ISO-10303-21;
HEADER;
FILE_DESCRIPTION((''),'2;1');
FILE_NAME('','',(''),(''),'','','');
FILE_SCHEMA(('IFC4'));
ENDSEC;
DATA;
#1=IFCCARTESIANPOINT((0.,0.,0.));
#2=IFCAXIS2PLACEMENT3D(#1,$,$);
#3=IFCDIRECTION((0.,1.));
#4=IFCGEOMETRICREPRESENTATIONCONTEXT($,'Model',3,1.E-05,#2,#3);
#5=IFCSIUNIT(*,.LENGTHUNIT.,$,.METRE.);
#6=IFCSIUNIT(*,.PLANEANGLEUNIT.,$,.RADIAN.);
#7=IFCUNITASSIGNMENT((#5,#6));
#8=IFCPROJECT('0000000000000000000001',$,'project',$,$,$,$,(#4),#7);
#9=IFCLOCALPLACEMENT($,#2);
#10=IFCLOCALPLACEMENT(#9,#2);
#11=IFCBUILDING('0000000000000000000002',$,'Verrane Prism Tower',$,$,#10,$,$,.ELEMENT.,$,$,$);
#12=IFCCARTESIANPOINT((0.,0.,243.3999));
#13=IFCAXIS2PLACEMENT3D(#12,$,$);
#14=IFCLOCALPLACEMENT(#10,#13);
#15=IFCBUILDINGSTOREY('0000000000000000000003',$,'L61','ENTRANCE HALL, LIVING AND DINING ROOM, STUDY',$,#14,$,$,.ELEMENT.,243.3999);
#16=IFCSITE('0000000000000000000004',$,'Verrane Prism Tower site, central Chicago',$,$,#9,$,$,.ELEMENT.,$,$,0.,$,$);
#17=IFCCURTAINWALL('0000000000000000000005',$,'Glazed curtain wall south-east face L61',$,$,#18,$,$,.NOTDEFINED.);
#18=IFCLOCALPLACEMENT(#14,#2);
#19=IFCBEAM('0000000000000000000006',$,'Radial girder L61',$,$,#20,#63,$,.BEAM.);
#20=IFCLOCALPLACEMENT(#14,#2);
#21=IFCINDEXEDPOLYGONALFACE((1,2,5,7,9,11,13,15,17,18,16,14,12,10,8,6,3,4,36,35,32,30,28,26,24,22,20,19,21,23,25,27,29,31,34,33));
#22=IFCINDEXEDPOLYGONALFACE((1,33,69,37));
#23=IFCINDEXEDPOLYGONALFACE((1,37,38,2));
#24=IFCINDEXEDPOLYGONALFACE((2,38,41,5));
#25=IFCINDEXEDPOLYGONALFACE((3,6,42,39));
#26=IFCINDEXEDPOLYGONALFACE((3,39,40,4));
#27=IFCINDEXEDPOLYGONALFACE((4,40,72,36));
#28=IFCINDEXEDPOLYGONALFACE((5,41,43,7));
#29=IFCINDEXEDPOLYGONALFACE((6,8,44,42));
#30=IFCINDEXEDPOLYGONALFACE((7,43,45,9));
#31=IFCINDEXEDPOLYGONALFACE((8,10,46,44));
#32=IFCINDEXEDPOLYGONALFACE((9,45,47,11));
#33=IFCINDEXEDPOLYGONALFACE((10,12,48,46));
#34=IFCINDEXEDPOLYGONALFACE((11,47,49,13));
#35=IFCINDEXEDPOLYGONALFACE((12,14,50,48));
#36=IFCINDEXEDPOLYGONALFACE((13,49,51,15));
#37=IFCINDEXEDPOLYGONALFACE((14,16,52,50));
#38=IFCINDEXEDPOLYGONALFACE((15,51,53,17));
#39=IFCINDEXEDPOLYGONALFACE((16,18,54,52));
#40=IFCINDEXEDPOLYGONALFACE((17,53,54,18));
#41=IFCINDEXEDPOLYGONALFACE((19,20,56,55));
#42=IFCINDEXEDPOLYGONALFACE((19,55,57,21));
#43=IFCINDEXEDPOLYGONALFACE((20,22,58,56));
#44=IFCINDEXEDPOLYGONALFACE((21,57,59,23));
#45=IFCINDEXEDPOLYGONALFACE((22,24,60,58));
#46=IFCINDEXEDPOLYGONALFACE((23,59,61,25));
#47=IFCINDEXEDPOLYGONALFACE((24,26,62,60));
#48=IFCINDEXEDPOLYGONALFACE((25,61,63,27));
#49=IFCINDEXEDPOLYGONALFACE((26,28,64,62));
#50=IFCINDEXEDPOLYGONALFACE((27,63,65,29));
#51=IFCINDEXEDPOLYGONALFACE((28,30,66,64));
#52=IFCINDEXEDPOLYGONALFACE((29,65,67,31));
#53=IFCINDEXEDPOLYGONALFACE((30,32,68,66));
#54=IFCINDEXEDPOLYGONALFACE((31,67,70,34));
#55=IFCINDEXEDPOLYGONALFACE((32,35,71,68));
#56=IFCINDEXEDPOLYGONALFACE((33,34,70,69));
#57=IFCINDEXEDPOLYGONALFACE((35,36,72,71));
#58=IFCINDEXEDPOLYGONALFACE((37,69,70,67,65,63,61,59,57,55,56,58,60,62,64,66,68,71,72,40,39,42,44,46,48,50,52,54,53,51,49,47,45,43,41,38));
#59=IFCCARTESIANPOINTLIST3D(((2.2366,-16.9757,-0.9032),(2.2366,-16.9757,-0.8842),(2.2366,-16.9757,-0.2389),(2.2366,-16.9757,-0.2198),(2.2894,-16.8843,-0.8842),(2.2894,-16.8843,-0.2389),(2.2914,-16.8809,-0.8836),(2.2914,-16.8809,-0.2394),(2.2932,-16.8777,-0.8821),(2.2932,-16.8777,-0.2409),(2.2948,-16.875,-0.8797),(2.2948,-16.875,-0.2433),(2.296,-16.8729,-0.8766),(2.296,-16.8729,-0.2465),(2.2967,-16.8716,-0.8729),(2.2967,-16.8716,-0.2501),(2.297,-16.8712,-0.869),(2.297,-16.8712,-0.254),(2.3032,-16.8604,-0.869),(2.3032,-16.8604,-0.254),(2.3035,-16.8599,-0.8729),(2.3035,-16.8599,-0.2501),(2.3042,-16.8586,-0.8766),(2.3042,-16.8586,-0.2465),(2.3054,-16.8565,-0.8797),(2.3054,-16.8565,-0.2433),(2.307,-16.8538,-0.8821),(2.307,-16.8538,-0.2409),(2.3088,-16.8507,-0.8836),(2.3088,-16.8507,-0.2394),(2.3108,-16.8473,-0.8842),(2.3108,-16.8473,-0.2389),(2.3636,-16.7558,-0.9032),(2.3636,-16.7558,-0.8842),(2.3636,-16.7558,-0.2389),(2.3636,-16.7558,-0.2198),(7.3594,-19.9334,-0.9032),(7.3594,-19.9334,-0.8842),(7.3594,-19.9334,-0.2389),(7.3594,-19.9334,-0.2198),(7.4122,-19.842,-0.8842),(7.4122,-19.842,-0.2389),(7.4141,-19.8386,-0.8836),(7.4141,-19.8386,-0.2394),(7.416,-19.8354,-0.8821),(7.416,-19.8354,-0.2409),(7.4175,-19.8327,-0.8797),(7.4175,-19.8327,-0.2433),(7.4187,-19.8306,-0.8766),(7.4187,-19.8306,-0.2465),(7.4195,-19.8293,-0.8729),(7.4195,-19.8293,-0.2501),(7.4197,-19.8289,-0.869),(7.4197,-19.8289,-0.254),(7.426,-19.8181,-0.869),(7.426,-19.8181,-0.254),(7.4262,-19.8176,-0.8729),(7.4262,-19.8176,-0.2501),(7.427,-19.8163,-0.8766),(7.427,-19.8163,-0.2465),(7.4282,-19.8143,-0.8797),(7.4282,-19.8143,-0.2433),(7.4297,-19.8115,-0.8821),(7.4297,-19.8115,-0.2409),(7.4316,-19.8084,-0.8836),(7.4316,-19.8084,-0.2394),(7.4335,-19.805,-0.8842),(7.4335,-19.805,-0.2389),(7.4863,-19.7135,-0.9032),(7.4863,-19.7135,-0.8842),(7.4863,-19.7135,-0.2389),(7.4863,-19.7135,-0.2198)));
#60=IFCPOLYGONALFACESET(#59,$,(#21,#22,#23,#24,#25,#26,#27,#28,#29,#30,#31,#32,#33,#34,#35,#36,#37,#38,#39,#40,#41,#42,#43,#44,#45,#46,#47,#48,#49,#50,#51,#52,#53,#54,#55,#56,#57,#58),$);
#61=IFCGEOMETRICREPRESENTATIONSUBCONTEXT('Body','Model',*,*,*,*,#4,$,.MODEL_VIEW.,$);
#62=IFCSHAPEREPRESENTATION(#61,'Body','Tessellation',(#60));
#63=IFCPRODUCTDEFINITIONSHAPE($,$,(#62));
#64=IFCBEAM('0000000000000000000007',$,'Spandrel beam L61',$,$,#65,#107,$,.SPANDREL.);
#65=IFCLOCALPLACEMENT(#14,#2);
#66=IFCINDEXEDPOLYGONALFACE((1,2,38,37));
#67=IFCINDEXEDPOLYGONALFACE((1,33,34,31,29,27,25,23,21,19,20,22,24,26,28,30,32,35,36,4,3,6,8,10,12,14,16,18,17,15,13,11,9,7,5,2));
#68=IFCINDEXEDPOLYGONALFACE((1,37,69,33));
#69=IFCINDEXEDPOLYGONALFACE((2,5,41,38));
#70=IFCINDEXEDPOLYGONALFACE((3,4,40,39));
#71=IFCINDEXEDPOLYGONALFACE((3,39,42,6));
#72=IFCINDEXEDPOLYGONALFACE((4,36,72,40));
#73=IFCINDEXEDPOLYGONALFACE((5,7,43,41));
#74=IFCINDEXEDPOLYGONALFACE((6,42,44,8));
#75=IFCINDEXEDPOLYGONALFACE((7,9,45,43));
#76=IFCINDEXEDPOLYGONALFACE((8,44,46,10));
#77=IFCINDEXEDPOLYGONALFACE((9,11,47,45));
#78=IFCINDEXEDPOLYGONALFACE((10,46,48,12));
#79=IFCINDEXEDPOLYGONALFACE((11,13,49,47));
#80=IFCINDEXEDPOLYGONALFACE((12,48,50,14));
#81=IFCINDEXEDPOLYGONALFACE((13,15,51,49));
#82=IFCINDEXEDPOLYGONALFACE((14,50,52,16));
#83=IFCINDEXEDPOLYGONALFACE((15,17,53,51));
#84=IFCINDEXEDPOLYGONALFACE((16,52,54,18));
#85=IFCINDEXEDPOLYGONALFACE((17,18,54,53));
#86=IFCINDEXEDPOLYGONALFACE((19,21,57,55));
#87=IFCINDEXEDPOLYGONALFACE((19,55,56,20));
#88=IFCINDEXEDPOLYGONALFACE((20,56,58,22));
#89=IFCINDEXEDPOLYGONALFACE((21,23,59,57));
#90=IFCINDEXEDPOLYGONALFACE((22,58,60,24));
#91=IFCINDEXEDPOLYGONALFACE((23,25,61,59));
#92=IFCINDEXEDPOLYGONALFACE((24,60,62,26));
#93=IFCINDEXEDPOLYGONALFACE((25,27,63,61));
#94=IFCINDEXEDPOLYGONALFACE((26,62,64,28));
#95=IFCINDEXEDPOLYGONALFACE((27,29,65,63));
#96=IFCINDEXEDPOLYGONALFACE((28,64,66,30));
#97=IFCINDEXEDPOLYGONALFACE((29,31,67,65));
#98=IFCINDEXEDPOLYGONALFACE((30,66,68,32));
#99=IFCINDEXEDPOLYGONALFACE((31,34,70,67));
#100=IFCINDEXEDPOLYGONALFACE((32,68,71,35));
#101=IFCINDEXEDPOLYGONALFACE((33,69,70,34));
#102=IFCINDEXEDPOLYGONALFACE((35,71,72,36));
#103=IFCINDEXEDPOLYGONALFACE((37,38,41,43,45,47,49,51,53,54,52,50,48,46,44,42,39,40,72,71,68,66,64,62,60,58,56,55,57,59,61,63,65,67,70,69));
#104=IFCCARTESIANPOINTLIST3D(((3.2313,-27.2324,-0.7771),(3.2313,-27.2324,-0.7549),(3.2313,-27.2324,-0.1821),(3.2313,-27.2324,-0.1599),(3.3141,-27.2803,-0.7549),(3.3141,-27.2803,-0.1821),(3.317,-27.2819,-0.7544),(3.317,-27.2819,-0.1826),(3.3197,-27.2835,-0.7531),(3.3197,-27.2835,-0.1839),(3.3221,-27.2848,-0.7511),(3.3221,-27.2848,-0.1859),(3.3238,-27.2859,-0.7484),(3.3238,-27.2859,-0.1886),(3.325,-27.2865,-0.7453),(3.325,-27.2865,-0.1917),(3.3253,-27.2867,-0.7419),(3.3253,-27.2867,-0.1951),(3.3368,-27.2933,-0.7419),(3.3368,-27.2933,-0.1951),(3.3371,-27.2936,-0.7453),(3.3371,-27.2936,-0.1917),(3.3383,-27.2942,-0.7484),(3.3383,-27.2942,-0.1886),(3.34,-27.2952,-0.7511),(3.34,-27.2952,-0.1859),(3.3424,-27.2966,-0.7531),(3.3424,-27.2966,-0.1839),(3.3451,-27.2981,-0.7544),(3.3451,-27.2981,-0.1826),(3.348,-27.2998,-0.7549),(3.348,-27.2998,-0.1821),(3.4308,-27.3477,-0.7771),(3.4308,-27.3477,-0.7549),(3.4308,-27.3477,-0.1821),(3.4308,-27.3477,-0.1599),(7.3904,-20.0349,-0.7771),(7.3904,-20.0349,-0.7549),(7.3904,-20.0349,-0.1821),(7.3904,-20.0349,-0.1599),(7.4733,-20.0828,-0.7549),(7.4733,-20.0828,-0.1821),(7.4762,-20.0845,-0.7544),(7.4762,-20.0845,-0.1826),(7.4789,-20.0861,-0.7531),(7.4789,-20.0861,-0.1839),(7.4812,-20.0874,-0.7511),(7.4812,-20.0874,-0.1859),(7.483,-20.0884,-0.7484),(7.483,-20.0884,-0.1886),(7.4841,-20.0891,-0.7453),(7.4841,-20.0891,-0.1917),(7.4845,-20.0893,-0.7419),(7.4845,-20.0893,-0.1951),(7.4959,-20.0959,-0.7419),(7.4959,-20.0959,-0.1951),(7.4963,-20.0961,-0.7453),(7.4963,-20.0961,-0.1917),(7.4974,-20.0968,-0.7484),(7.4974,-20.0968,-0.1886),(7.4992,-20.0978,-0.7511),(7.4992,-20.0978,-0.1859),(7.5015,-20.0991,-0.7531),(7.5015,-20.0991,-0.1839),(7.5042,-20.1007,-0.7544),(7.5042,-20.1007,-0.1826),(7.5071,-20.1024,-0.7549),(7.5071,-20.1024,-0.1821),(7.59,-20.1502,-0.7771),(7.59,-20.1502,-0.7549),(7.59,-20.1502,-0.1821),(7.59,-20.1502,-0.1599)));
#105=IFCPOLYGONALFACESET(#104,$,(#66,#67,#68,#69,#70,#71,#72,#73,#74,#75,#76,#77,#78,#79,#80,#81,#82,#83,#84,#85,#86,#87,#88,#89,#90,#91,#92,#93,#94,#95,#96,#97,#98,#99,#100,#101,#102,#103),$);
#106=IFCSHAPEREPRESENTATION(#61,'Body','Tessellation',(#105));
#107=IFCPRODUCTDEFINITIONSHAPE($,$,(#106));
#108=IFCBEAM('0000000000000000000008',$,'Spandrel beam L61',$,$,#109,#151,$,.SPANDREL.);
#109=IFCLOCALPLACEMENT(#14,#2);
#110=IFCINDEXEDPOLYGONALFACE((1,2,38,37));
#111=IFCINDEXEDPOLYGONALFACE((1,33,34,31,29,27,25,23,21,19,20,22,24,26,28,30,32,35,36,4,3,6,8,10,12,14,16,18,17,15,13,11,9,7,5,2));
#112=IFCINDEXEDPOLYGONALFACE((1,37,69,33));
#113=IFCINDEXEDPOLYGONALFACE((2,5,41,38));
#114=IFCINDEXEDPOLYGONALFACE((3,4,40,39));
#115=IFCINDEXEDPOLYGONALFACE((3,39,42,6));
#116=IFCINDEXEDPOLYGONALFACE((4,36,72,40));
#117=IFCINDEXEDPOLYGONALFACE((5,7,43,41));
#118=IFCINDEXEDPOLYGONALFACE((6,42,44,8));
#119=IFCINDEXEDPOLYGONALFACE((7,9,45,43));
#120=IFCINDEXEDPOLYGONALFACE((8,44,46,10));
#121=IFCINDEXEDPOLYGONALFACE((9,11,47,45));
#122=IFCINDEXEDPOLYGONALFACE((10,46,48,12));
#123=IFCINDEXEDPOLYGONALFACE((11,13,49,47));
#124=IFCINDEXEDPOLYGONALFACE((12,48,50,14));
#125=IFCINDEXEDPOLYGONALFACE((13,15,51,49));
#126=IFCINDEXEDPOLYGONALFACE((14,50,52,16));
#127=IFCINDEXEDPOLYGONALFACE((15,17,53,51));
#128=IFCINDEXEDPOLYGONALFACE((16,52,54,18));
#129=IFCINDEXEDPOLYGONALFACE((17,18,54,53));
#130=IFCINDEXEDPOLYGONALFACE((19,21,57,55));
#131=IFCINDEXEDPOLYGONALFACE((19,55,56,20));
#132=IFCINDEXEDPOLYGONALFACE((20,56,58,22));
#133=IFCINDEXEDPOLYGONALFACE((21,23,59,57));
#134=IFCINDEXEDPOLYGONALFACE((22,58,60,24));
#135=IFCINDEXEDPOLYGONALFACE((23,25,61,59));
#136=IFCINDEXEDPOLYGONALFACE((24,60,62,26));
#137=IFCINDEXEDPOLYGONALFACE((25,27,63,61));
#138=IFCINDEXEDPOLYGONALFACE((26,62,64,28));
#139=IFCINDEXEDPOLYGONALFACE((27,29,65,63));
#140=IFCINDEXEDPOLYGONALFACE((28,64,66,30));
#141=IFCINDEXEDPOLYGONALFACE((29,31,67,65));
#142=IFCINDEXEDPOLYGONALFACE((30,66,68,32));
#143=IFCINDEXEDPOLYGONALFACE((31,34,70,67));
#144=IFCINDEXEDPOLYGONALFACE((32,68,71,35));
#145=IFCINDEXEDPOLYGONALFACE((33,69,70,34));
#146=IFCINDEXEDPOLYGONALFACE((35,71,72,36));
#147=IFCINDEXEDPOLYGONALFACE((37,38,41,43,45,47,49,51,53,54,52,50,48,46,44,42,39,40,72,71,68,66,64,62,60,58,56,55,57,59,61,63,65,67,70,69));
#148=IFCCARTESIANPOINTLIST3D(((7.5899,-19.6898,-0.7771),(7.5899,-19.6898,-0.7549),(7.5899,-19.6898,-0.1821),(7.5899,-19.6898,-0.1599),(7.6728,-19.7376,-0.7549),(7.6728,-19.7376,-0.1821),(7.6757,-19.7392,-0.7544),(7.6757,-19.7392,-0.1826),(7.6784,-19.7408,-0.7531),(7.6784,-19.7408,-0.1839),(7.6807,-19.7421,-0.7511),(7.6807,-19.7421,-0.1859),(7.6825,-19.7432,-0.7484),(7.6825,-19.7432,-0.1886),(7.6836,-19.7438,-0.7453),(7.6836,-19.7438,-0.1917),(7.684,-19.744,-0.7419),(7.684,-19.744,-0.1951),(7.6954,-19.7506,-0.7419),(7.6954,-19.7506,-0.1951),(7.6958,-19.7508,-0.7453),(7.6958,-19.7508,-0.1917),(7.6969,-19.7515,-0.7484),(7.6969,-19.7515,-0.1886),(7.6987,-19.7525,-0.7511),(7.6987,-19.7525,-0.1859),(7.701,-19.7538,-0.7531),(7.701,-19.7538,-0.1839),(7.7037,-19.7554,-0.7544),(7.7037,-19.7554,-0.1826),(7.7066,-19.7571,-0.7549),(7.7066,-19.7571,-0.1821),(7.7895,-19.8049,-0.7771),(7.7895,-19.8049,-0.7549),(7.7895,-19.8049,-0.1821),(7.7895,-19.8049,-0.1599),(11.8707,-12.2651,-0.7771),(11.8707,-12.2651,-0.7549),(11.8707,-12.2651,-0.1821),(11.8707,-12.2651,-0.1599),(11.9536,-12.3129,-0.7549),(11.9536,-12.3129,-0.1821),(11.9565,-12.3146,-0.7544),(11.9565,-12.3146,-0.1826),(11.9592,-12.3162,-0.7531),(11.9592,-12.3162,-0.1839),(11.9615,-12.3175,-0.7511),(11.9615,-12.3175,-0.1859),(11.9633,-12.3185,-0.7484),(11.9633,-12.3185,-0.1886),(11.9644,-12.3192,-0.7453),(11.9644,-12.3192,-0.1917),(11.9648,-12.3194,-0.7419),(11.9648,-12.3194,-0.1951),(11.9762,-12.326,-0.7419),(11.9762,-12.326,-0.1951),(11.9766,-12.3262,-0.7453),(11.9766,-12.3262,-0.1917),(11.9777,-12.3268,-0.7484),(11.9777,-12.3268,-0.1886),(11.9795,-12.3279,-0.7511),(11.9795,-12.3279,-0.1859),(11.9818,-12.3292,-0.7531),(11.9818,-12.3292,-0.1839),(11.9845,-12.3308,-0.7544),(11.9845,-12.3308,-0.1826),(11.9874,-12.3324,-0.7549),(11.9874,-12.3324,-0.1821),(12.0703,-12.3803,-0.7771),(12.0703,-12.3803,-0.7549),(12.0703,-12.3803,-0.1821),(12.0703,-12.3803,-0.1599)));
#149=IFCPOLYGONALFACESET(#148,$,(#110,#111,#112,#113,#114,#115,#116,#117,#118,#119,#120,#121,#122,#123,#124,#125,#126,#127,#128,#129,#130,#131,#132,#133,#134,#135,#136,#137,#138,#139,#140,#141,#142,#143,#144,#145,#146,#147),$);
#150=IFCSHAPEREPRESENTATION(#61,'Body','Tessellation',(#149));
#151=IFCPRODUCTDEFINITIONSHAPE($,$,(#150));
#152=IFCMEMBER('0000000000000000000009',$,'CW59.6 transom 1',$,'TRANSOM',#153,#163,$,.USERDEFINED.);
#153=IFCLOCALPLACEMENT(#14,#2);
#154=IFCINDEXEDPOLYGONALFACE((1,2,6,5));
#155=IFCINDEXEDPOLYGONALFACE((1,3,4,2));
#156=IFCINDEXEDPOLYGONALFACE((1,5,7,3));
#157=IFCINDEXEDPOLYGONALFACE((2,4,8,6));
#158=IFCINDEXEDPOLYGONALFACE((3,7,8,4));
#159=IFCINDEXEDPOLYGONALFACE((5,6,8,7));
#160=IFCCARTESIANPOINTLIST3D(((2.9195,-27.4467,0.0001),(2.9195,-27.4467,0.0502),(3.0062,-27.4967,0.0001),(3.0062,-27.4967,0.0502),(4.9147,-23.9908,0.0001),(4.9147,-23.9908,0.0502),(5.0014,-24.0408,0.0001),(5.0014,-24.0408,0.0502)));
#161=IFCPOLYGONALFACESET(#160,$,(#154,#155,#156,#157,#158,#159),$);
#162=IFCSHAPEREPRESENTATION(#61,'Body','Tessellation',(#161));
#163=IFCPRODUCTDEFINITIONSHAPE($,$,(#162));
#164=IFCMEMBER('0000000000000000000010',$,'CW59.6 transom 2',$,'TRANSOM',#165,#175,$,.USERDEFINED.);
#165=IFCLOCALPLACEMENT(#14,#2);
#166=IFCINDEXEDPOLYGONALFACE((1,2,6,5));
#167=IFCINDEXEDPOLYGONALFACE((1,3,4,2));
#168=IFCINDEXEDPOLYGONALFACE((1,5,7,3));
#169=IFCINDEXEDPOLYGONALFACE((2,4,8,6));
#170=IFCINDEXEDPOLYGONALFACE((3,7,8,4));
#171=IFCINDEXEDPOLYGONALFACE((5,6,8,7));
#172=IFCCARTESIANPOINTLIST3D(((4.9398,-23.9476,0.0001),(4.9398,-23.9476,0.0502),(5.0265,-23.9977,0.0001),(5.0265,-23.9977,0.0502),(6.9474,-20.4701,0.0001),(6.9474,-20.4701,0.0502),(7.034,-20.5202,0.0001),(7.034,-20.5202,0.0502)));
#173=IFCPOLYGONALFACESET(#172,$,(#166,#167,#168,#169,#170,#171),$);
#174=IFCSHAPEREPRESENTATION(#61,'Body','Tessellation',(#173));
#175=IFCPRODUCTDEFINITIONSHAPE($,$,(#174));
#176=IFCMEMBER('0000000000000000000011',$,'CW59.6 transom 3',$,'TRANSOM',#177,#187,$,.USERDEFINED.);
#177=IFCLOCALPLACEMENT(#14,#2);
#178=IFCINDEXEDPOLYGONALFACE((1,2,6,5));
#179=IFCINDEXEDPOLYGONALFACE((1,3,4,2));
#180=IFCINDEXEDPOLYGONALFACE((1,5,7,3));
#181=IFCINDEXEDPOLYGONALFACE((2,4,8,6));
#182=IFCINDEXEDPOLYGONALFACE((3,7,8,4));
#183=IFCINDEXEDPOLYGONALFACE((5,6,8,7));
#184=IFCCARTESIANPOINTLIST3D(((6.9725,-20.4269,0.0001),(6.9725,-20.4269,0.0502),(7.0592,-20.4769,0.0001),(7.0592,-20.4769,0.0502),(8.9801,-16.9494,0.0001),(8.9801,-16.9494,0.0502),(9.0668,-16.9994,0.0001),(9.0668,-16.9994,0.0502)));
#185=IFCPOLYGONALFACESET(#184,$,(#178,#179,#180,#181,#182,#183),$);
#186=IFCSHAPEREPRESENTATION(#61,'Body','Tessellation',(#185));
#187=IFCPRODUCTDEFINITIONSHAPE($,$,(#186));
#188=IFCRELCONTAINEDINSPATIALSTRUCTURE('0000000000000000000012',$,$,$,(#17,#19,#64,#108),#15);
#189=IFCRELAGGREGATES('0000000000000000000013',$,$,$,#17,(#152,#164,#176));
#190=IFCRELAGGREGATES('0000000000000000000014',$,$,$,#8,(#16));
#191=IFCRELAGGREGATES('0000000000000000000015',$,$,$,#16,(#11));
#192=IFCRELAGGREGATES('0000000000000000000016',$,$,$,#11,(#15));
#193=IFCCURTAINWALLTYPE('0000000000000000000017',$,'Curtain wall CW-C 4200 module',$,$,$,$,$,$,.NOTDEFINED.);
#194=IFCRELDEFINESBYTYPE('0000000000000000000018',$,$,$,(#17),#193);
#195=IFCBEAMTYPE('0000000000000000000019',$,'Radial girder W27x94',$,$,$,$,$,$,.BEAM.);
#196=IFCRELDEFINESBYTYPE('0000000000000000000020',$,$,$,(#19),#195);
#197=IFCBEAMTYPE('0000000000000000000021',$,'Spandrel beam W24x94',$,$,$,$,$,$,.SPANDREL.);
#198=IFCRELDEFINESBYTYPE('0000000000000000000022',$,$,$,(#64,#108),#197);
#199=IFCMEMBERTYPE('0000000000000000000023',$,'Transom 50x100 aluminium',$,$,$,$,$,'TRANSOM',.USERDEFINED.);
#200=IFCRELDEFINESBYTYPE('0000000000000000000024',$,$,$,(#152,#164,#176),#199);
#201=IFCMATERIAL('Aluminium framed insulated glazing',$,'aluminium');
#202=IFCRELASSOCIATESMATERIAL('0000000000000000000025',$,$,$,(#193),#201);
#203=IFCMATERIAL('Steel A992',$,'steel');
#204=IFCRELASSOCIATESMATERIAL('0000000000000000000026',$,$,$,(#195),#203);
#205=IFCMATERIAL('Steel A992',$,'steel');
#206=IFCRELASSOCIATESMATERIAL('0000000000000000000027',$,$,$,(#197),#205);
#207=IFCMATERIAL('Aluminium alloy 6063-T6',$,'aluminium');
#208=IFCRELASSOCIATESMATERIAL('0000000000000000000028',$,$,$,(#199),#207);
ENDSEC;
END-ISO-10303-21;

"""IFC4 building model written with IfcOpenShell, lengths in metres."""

from ifc_helpers import new_model, si_unit, direction, frame, origin, origin_2d, place, context, subcontext, project, spatial, rectangle, i_section, extrude, material, material_profile, profile_set, type_object, element, aggregate, save


model = new_model("IFC4")

# Units and contexts
model_context = context("Model", 3, precision=1e-05, world=origin(), true_north=direction((0.0, 1.0)))
body_context = subcontext(model_context, "Body", "Model", "MODEL_VIEW")
ifc_project = project(units=[si_unit("LENGTHUNIT", "METRE"), si_unit("PLANEANGLEUNIT", "RADIAN")], contexts=[model_context])

# Site, building, storey
site_placement = place(None, origin())
site = spatial("IfcSite", under=ifc_project, at=site_placement, Name="Verrane Prism Tower site, central Chicago", CompositionType="ELEMENT", RefElevation=0.0)
building_placement = place(site_placement, origin())
building = spatial("IfcBuilding", under=site, at=building_placement, Name="Verrane Prism Tower", CompositionType="ELEMENT")
storey_placement = place(building_placement, frame((0.0, 0.0, 243.3999)))
storey = spatial("IfcBuildingStorey", under=building, at=storey_placement, Name="L61", Description="ENTRANCE HALL, LIVING AND DINING ROOM, STUDY", CompositionType="ELEMENT", Elevation=243.3999)

# Curtain wall
ifc_material_1 = material(Name="Aluminium framed insulated glazing", Category="aluminium")
curtain_wall_type = type_object("IfcCurtainWallType", Name="Curtain wall CW-C 4200 module", PredefinedType="NOTDEFINED", material=ifc_material_1)
curtain_wall_placement = place(storey_placement, origin())
curtain_wall = element("IfcCurtainWall", 1, at=curtain_wall_placement, inside=storey, type_object=curtain_wall_type, Name="Glazed curtain wall south-east face L61", PredefinedType="NOTDEFINED")

# Beams
ifc_material_2 = material(Name="Steel A992", Category="steel")
ifc_material_profile_1 = material_profile(ifc_material_2, i_section(OverallWidth=0.2539, OverallDepth=0.6833, WebThickness=0.0125, FlangeThickness=0.019, FilletRadius=0.0151, at=origin_2d()), Name="W27x94")
ifc_profile_set_1 = profile_set([ifc_material_profile_1], Name="Steel A992")
beam_type_1 = type_object("IfcBeamType", Name="Radial girder W27x94", PredefinedType="BEAM", material=ifc_profile_set_1)
beam_1_placement = place(storey_placement, frame((7.4229, -19.8235, -0.5615), z_axis=(-0.866017, 0.500014, 0.0), x_axis=(-0.500014, -0.866017, 0.0)))
element("IfcBeam", 2, at=beam_1_placement, inside=storey, type_object=beam_type_1, Name="Radial girder L61", PredefinedType="BEAM", context=body_context, shape_type="SweptSolid", body=[
    extrude(i_section(OverallWidth=0.2539, OverallDepth=0.6833, WebThickness=0.0125, FlangeThickness=0.019, FilletRadius=0.0151, at=origin_2d()), origin(), (0.0, 0.0, 1.0), 5.9153),
])
ifc_material_3 = material(Name="Steel A992", Category="steel")
ifc_material_profile_2 = material_profile(ifc_material_3, i_section(OverallWidth=0.2305, OverallDepth=0.6172, WebThickness=0.0132, FlangeThickness=0.0222, FilletRadius=0.0129, at=origin_2d()), Name="W24x94")
ifc_profile_set_2 = profile_set([ifc_material_profile_2], Name="Steel A992")
beam_type_2 = type_object("IfcBeamType", Name="Spandrel beam W24x94", PredefinedType="SPANDREL", material=ifc_profile_set_2)
beam_2_placement = place(storey_placement, frame((3.3311, -27.29, -0.4685), z_axis=(0.500333, 0.865833, 0.0), x_axis=(-0.865833, 0.500333, 0.0)))
element("IfcBeam", 3, at=beam_2_placement, inside=storey, type_object=beam_type_2, Name="Spandrel beam L61", PredefinedType="SPANDREL", context=body_context, shape_type="SweptSolid", body=[
    extrude(i_section(OverallWidth=0.2305, OverallDepth=0.6172, WebThickness=0.0132, FlangeThickness=0.0222, FilletRadius=0.0129, at=origin_2d()), origin(), (0.0, 0.0, 1.0), 8.3127),
])
beam_3_placement = place(storey_placement, frame((7.6897, -19.7473, -0.4685), z_axis=(0.499491, 0.866319, 0.0), x_axis=(-0.866319, 0.499491, 0.0)))
element("IfcBeam", 4, at=beam_3_placement, inside=storey, type_object=beam_type_2, Name="Spandrel beam L61", PredefinedType="SPANDREL", context=body_context, shape_type="SweptSolid", body=[
    extrude(i_section(OverallWidth=0.2305, OverallDepth=0.6172, WebThickness=0.0132, FlangeThickness=0.0222, FilletRadius=0.0129, at=origin_2d()), origin(), (0.0, 0.0, 1.0), 8.5703),
])

# Members
ifc_material_4 = material(Name="Aluminium alloy 6063-T6", Category="aluminium")
ifc_material_profile_3 = material_profile(ifc_material_4, rectangle(XDim=0.1001, YDim=0.05, at=origin_2d()), Name="Transom 50x100 aluminium")
ifc_profile_set_3 = profile_set([ifc_material_profile_3], Name="Aluminium alloy 6063-T6")
member_type_1 = type_object("IfcMemberType", Name="Transom 50x100 aluminium", ElementType="TRANSOM", PredefinedType="USERDEFINED", material=ifc_profile_set_3)
member_1_placement = place(storey_placement, frame((2.9629, -27.4717, 0.0251), z_axis=(0.499982, 0.866036, 0.0), x_axis=(-0.866036, 0.499982, 0.0)))
member_1 = element("IfcMember", 5, at=member_1_placement, type_object=member_type_1, Name="CW59.6 transom 1", ObjectType="TRANSOM", PredefinedType="USERDEFINED", context=body_context, shape_type="SweptSolid", body=[
    extrude(rectangle(XDim=0.1001, YDim=0.05, at=origin_2d()), origin(), (0.0, 0.0, 1.0), 3.9905),
])
member_2_placement = place(storey_placement, frame((4.9832, -23.9727, 0.0251), z_axis=(0.499965, 0.866046, 0.0), x_axis=(-0.866046, 0.499965, 0.0)))
member_2 = element("IfcMember", 6, at=member_2_placement, type_object=member_type_1, Name="CW59.6 transom 2", ObjectType="TRANSOM", PredefinedType="USERDEFINED", context=body_context, shape_type="SweptSolid", body=[
    extrude(rectangle(XDim=0.1001, YDim=0.05, at=origin_2d()), origin(), (0.0, 0.0, 1.0), 4.0154),
])
member_3_placement = place(storey_placement, frame((7.0159, -20.4519, 0.0251), z_axis=(0.499965, 0.866046, 0.0), x_axis=(-0.866046, 0.499965, 0.0)))
member_3 = element("IfcMember", 7, at=member_3_placement, type_object=member_type_1, Name="CW59.6 transom 3", ObjectType="TRANSOM", PredefinedType="USERDEFINED", context=body_context, shape_type="SweptSolid", body=[
    extrude(rectangle(XDim=0.1001, YDim=0.05, at=origin_2d()), origin(), (0.0, 0.0, 1.0), 4.0154),
])

aggregate(curtain_wall, [member_1, member_2, member_3])

save(model, "model.ifc")
